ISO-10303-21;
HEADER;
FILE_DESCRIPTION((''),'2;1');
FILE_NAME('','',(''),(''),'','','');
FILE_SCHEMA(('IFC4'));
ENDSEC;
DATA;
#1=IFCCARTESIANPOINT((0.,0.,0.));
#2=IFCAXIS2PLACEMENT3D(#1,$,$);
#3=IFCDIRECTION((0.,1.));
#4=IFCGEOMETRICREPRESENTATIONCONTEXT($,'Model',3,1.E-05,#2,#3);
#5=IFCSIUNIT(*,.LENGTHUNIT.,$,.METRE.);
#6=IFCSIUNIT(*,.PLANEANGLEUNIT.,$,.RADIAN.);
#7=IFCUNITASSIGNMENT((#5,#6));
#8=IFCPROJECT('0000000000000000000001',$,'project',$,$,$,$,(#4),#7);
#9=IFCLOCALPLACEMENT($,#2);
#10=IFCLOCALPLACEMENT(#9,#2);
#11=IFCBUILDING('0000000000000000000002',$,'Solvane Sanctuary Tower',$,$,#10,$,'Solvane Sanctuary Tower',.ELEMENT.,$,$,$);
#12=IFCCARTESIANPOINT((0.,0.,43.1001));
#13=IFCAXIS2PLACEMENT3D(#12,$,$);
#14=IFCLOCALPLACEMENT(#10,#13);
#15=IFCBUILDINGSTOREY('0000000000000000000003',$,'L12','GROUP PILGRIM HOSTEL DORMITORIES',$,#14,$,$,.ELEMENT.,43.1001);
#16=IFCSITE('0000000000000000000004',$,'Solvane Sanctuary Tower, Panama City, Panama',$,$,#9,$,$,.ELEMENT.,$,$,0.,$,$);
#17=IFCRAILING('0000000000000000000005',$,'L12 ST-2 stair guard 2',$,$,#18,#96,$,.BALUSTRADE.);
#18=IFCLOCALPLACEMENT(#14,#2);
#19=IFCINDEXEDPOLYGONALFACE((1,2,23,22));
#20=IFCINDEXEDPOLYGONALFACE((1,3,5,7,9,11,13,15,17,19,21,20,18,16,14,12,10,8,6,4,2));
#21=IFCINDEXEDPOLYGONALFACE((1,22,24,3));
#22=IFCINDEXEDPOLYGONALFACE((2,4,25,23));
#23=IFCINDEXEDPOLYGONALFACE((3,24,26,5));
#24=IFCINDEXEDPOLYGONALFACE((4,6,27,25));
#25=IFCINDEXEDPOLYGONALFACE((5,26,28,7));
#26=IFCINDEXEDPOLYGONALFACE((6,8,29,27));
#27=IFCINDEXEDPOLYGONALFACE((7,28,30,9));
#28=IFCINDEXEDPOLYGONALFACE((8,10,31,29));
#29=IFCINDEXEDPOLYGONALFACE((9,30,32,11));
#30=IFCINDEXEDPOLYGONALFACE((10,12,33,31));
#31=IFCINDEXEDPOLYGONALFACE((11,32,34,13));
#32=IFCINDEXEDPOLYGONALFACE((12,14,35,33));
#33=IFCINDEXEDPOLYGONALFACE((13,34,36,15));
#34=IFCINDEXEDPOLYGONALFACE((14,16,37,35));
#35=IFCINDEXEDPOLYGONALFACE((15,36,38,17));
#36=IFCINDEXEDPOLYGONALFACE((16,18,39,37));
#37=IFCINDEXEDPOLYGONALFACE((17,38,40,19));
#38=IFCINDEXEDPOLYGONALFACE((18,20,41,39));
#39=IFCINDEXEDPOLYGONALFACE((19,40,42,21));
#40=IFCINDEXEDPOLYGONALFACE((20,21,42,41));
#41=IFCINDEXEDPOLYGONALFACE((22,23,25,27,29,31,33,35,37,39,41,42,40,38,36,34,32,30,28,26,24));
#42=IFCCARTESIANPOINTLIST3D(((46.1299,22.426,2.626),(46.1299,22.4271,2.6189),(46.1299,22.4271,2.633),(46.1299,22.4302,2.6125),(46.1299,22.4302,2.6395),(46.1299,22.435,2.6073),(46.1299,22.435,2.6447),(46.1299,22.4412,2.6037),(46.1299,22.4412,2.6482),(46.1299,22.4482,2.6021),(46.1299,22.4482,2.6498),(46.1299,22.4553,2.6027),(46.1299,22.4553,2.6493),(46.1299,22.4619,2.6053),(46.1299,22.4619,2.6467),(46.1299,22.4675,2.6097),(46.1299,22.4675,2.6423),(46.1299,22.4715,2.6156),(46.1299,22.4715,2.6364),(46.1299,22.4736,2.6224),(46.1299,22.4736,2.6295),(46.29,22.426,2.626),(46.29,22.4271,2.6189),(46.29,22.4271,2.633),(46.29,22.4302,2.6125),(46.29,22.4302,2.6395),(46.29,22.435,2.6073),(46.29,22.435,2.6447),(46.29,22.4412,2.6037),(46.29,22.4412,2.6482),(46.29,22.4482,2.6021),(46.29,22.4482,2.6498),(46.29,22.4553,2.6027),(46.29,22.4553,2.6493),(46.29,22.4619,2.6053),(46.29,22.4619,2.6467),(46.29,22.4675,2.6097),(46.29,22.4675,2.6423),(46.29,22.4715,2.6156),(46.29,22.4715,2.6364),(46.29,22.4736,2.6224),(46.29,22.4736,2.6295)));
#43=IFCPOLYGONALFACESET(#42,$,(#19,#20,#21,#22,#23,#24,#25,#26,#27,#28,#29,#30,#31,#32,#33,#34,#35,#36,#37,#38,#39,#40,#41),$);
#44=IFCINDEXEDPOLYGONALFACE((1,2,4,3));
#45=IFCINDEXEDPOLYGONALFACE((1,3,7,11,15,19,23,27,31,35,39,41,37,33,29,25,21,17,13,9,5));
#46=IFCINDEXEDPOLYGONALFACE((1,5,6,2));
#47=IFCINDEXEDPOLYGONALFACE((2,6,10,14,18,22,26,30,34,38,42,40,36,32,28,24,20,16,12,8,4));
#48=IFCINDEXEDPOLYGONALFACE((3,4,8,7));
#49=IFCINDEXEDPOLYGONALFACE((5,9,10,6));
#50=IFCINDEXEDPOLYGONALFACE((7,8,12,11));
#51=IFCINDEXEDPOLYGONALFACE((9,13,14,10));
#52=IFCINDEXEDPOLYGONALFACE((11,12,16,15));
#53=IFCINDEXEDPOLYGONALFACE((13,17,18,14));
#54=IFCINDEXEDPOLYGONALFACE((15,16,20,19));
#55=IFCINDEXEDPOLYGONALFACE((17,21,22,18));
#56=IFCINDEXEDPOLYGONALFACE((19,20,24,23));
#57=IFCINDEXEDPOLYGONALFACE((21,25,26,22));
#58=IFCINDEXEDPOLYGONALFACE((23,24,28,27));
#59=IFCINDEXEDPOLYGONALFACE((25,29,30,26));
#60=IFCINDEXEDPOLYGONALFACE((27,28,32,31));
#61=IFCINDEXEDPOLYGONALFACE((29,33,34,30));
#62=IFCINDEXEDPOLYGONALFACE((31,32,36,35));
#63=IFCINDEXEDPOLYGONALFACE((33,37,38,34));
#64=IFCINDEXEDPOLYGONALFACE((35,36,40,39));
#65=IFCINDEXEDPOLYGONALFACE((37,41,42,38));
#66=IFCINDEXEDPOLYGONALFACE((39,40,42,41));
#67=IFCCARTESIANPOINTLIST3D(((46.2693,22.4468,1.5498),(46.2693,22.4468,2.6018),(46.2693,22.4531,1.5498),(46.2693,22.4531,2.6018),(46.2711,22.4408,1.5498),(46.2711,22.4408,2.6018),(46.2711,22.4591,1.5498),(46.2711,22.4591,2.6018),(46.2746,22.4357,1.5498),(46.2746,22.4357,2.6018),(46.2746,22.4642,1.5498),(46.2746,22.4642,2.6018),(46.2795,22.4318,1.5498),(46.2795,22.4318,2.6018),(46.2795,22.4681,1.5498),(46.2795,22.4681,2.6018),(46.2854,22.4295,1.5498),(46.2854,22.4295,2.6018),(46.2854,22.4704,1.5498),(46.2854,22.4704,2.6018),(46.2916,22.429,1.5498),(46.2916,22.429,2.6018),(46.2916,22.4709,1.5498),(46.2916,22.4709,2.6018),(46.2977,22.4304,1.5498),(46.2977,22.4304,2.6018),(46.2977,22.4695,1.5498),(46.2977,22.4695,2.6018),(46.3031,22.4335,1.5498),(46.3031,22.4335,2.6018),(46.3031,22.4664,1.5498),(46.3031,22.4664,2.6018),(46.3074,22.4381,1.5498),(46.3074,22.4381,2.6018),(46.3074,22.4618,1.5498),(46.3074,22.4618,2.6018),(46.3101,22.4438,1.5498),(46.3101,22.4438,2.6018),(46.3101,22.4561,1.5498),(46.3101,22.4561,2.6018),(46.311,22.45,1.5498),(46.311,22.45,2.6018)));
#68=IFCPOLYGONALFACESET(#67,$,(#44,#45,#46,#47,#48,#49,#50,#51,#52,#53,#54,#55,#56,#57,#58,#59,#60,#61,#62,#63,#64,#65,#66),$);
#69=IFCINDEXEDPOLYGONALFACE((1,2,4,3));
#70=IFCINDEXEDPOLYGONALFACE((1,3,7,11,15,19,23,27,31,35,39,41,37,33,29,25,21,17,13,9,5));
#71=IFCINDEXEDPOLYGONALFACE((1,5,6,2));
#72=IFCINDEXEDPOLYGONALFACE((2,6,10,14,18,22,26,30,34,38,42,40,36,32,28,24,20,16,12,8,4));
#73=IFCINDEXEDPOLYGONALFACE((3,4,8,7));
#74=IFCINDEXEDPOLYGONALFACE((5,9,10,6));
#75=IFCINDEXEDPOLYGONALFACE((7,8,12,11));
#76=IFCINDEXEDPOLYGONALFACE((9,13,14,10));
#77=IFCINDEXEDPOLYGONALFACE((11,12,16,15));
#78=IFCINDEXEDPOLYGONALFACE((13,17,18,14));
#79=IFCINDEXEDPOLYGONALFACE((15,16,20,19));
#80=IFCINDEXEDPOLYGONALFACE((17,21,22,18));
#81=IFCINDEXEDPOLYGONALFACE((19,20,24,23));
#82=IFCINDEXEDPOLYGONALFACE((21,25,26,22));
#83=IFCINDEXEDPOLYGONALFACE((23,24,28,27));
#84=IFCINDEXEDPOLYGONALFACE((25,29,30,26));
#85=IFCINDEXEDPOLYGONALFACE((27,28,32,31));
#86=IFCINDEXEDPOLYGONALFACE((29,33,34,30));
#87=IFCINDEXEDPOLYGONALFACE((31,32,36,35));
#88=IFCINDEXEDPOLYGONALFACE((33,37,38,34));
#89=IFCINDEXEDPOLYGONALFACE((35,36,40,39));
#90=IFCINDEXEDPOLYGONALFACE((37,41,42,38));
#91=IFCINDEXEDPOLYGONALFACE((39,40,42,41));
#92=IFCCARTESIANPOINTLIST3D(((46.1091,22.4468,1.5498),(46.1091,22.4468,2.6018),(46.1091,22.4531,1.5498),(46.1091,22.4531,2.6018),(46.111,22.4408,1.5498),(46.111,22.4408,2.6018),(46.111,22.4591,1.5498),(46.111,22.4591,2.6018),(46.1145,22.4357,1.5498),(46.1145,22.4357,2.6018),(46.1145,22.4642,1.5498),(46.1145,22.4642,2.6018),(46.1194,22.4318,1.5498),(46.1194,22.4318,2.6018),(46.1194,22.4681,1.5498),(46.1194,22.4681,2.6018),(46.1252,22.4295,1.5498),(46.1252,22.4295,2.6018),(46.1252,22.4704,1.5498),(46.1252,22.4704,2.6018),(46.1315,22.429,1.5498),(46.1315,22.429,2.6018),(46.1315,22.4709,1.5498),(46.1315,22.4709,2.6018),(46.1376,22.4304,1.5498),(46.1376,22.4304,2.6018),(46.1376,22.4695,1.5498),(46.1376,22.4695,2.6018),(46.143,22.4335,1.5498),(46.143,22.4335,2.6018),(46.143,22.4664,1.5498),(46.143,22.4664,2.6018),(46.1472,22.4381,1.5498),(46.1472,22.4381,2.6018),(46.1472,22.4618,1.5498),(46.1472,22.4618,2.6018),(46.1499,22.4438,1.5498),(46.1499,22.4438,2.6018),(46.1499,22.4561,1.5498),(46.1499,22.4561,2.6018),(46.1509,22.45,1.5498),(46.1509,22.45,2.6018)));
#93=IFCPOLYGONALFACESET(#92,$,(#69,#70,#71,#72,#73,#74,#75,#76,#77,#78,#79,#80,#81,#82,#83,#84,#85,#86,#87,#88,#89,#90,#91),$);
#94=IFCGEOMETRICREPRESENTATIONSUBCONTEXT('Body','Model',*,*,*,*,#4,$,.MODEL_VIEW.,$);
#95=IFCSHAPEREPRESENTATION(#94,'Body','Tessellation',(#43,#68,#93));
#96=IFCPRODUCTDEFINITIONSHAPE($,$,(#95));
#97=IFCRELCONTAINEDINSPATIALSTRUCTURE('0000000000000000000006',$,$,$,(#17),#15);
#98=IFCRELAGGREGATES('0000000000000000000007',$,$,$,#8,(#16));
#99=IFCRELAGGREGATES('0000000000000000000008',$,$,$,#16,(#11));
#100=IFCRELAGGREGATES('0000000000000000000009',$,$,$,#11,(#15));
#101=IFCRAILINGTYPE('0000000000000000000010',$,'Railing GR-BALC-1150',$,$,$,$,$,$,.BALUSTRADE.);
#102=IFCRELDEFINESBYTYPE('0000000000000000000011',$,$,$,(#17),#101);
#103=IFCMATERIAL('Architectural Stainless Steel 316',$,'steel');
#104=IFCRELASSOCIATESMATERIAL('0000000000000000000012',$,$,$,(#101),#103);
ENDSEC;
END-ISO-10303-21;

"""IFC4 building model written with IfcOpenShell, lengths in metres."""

from ifc_helpers import new_model, si_unit, direction, frame, origin, origin_2d, place, context, subcontext, project, spatial, circle, extrude, material, type_object, element, save


model = new_model("IFC4")

# Units and contexts
model_context = context("Model", 3, precision=1e-05, world=origin(), true_north=direction((0.0, 1.0)))
body_context = subcontext(model_context, "Body", "Model", "MODEL_VIEW")
ifc_project = project(units=[si_unit("LENGTHUNIT", "METRE"), si_unit("PLANEANGLEUNIT", "RADIAN")], contexts=[model_context])

# Site, building, storey
site_placement = place(None, origin())
site = spatial("IfcSite", under=ifc_project, at=site_placement, Name="Solvane Sanctuary Tower, Panama City, Panama", CompositionType="ELEMENT", RefElevation=0.0)
building_placement = place(site_placement, origin())
building = spatial("IfcBuilding", under=site, at=building_placement, Name="Solvane Sanctuary Tower", LongName="Solvane Sanctuary Tower", CompositionType="ELEMENT")
storey_placement = place(building_placement, frame((0.0, 0.0, 43.1001)))
storey = spatial("IfcBuildingStorey", under=building, at=storey_placement, Name="L12", Description="GROUP PILGRIM HOSTEL DORMITORIES", CompositionType="ELEMENT", Elevation=43.1001)

# Shared definitions
ifc_material_1 = material(Name="Architectural Stainless Steel 316", Category="steel")

# Railing
railing_type_1 = type_object("IfcRailingType", Name="Railing GR-BALC-1150", PredefinedType="BALUSTRADE", material=ifc_material_1)
railing_1_placement = place(storey_placement, frame((46.29, 22.45, 1.5498)))
element("IfcRailing", 1, at=railing_1_placement, inside=storey, type_object=railing_type_1, Name="L12 ST-2 stair guard 2", PredefinedType="BALUSTRADE", context=body_context, shape_type="SweptSolid", body=[
    extrude(circle(Radius=0.0239, at=origin_2d()), frame((0.0, 0.0, 1.0762), z_axis=(-1.0, 0.0, 0.0), x_axis=(0.0, -1.0, 0.0)), (0.0, 0.0, 1.0), 0.1602),
    extrude(circle(Radius=0.021, at=origin_2d()), origin(), (0.0, 0.0, 1.0), 1.052),
    extrude(circle(Radius=0.021, at=origin_2d()), frame((-0.1602, 0.0, 0.0)), (0.0, 0.0, 1.0), 1.052),
])

save(model, "model.ifc")
